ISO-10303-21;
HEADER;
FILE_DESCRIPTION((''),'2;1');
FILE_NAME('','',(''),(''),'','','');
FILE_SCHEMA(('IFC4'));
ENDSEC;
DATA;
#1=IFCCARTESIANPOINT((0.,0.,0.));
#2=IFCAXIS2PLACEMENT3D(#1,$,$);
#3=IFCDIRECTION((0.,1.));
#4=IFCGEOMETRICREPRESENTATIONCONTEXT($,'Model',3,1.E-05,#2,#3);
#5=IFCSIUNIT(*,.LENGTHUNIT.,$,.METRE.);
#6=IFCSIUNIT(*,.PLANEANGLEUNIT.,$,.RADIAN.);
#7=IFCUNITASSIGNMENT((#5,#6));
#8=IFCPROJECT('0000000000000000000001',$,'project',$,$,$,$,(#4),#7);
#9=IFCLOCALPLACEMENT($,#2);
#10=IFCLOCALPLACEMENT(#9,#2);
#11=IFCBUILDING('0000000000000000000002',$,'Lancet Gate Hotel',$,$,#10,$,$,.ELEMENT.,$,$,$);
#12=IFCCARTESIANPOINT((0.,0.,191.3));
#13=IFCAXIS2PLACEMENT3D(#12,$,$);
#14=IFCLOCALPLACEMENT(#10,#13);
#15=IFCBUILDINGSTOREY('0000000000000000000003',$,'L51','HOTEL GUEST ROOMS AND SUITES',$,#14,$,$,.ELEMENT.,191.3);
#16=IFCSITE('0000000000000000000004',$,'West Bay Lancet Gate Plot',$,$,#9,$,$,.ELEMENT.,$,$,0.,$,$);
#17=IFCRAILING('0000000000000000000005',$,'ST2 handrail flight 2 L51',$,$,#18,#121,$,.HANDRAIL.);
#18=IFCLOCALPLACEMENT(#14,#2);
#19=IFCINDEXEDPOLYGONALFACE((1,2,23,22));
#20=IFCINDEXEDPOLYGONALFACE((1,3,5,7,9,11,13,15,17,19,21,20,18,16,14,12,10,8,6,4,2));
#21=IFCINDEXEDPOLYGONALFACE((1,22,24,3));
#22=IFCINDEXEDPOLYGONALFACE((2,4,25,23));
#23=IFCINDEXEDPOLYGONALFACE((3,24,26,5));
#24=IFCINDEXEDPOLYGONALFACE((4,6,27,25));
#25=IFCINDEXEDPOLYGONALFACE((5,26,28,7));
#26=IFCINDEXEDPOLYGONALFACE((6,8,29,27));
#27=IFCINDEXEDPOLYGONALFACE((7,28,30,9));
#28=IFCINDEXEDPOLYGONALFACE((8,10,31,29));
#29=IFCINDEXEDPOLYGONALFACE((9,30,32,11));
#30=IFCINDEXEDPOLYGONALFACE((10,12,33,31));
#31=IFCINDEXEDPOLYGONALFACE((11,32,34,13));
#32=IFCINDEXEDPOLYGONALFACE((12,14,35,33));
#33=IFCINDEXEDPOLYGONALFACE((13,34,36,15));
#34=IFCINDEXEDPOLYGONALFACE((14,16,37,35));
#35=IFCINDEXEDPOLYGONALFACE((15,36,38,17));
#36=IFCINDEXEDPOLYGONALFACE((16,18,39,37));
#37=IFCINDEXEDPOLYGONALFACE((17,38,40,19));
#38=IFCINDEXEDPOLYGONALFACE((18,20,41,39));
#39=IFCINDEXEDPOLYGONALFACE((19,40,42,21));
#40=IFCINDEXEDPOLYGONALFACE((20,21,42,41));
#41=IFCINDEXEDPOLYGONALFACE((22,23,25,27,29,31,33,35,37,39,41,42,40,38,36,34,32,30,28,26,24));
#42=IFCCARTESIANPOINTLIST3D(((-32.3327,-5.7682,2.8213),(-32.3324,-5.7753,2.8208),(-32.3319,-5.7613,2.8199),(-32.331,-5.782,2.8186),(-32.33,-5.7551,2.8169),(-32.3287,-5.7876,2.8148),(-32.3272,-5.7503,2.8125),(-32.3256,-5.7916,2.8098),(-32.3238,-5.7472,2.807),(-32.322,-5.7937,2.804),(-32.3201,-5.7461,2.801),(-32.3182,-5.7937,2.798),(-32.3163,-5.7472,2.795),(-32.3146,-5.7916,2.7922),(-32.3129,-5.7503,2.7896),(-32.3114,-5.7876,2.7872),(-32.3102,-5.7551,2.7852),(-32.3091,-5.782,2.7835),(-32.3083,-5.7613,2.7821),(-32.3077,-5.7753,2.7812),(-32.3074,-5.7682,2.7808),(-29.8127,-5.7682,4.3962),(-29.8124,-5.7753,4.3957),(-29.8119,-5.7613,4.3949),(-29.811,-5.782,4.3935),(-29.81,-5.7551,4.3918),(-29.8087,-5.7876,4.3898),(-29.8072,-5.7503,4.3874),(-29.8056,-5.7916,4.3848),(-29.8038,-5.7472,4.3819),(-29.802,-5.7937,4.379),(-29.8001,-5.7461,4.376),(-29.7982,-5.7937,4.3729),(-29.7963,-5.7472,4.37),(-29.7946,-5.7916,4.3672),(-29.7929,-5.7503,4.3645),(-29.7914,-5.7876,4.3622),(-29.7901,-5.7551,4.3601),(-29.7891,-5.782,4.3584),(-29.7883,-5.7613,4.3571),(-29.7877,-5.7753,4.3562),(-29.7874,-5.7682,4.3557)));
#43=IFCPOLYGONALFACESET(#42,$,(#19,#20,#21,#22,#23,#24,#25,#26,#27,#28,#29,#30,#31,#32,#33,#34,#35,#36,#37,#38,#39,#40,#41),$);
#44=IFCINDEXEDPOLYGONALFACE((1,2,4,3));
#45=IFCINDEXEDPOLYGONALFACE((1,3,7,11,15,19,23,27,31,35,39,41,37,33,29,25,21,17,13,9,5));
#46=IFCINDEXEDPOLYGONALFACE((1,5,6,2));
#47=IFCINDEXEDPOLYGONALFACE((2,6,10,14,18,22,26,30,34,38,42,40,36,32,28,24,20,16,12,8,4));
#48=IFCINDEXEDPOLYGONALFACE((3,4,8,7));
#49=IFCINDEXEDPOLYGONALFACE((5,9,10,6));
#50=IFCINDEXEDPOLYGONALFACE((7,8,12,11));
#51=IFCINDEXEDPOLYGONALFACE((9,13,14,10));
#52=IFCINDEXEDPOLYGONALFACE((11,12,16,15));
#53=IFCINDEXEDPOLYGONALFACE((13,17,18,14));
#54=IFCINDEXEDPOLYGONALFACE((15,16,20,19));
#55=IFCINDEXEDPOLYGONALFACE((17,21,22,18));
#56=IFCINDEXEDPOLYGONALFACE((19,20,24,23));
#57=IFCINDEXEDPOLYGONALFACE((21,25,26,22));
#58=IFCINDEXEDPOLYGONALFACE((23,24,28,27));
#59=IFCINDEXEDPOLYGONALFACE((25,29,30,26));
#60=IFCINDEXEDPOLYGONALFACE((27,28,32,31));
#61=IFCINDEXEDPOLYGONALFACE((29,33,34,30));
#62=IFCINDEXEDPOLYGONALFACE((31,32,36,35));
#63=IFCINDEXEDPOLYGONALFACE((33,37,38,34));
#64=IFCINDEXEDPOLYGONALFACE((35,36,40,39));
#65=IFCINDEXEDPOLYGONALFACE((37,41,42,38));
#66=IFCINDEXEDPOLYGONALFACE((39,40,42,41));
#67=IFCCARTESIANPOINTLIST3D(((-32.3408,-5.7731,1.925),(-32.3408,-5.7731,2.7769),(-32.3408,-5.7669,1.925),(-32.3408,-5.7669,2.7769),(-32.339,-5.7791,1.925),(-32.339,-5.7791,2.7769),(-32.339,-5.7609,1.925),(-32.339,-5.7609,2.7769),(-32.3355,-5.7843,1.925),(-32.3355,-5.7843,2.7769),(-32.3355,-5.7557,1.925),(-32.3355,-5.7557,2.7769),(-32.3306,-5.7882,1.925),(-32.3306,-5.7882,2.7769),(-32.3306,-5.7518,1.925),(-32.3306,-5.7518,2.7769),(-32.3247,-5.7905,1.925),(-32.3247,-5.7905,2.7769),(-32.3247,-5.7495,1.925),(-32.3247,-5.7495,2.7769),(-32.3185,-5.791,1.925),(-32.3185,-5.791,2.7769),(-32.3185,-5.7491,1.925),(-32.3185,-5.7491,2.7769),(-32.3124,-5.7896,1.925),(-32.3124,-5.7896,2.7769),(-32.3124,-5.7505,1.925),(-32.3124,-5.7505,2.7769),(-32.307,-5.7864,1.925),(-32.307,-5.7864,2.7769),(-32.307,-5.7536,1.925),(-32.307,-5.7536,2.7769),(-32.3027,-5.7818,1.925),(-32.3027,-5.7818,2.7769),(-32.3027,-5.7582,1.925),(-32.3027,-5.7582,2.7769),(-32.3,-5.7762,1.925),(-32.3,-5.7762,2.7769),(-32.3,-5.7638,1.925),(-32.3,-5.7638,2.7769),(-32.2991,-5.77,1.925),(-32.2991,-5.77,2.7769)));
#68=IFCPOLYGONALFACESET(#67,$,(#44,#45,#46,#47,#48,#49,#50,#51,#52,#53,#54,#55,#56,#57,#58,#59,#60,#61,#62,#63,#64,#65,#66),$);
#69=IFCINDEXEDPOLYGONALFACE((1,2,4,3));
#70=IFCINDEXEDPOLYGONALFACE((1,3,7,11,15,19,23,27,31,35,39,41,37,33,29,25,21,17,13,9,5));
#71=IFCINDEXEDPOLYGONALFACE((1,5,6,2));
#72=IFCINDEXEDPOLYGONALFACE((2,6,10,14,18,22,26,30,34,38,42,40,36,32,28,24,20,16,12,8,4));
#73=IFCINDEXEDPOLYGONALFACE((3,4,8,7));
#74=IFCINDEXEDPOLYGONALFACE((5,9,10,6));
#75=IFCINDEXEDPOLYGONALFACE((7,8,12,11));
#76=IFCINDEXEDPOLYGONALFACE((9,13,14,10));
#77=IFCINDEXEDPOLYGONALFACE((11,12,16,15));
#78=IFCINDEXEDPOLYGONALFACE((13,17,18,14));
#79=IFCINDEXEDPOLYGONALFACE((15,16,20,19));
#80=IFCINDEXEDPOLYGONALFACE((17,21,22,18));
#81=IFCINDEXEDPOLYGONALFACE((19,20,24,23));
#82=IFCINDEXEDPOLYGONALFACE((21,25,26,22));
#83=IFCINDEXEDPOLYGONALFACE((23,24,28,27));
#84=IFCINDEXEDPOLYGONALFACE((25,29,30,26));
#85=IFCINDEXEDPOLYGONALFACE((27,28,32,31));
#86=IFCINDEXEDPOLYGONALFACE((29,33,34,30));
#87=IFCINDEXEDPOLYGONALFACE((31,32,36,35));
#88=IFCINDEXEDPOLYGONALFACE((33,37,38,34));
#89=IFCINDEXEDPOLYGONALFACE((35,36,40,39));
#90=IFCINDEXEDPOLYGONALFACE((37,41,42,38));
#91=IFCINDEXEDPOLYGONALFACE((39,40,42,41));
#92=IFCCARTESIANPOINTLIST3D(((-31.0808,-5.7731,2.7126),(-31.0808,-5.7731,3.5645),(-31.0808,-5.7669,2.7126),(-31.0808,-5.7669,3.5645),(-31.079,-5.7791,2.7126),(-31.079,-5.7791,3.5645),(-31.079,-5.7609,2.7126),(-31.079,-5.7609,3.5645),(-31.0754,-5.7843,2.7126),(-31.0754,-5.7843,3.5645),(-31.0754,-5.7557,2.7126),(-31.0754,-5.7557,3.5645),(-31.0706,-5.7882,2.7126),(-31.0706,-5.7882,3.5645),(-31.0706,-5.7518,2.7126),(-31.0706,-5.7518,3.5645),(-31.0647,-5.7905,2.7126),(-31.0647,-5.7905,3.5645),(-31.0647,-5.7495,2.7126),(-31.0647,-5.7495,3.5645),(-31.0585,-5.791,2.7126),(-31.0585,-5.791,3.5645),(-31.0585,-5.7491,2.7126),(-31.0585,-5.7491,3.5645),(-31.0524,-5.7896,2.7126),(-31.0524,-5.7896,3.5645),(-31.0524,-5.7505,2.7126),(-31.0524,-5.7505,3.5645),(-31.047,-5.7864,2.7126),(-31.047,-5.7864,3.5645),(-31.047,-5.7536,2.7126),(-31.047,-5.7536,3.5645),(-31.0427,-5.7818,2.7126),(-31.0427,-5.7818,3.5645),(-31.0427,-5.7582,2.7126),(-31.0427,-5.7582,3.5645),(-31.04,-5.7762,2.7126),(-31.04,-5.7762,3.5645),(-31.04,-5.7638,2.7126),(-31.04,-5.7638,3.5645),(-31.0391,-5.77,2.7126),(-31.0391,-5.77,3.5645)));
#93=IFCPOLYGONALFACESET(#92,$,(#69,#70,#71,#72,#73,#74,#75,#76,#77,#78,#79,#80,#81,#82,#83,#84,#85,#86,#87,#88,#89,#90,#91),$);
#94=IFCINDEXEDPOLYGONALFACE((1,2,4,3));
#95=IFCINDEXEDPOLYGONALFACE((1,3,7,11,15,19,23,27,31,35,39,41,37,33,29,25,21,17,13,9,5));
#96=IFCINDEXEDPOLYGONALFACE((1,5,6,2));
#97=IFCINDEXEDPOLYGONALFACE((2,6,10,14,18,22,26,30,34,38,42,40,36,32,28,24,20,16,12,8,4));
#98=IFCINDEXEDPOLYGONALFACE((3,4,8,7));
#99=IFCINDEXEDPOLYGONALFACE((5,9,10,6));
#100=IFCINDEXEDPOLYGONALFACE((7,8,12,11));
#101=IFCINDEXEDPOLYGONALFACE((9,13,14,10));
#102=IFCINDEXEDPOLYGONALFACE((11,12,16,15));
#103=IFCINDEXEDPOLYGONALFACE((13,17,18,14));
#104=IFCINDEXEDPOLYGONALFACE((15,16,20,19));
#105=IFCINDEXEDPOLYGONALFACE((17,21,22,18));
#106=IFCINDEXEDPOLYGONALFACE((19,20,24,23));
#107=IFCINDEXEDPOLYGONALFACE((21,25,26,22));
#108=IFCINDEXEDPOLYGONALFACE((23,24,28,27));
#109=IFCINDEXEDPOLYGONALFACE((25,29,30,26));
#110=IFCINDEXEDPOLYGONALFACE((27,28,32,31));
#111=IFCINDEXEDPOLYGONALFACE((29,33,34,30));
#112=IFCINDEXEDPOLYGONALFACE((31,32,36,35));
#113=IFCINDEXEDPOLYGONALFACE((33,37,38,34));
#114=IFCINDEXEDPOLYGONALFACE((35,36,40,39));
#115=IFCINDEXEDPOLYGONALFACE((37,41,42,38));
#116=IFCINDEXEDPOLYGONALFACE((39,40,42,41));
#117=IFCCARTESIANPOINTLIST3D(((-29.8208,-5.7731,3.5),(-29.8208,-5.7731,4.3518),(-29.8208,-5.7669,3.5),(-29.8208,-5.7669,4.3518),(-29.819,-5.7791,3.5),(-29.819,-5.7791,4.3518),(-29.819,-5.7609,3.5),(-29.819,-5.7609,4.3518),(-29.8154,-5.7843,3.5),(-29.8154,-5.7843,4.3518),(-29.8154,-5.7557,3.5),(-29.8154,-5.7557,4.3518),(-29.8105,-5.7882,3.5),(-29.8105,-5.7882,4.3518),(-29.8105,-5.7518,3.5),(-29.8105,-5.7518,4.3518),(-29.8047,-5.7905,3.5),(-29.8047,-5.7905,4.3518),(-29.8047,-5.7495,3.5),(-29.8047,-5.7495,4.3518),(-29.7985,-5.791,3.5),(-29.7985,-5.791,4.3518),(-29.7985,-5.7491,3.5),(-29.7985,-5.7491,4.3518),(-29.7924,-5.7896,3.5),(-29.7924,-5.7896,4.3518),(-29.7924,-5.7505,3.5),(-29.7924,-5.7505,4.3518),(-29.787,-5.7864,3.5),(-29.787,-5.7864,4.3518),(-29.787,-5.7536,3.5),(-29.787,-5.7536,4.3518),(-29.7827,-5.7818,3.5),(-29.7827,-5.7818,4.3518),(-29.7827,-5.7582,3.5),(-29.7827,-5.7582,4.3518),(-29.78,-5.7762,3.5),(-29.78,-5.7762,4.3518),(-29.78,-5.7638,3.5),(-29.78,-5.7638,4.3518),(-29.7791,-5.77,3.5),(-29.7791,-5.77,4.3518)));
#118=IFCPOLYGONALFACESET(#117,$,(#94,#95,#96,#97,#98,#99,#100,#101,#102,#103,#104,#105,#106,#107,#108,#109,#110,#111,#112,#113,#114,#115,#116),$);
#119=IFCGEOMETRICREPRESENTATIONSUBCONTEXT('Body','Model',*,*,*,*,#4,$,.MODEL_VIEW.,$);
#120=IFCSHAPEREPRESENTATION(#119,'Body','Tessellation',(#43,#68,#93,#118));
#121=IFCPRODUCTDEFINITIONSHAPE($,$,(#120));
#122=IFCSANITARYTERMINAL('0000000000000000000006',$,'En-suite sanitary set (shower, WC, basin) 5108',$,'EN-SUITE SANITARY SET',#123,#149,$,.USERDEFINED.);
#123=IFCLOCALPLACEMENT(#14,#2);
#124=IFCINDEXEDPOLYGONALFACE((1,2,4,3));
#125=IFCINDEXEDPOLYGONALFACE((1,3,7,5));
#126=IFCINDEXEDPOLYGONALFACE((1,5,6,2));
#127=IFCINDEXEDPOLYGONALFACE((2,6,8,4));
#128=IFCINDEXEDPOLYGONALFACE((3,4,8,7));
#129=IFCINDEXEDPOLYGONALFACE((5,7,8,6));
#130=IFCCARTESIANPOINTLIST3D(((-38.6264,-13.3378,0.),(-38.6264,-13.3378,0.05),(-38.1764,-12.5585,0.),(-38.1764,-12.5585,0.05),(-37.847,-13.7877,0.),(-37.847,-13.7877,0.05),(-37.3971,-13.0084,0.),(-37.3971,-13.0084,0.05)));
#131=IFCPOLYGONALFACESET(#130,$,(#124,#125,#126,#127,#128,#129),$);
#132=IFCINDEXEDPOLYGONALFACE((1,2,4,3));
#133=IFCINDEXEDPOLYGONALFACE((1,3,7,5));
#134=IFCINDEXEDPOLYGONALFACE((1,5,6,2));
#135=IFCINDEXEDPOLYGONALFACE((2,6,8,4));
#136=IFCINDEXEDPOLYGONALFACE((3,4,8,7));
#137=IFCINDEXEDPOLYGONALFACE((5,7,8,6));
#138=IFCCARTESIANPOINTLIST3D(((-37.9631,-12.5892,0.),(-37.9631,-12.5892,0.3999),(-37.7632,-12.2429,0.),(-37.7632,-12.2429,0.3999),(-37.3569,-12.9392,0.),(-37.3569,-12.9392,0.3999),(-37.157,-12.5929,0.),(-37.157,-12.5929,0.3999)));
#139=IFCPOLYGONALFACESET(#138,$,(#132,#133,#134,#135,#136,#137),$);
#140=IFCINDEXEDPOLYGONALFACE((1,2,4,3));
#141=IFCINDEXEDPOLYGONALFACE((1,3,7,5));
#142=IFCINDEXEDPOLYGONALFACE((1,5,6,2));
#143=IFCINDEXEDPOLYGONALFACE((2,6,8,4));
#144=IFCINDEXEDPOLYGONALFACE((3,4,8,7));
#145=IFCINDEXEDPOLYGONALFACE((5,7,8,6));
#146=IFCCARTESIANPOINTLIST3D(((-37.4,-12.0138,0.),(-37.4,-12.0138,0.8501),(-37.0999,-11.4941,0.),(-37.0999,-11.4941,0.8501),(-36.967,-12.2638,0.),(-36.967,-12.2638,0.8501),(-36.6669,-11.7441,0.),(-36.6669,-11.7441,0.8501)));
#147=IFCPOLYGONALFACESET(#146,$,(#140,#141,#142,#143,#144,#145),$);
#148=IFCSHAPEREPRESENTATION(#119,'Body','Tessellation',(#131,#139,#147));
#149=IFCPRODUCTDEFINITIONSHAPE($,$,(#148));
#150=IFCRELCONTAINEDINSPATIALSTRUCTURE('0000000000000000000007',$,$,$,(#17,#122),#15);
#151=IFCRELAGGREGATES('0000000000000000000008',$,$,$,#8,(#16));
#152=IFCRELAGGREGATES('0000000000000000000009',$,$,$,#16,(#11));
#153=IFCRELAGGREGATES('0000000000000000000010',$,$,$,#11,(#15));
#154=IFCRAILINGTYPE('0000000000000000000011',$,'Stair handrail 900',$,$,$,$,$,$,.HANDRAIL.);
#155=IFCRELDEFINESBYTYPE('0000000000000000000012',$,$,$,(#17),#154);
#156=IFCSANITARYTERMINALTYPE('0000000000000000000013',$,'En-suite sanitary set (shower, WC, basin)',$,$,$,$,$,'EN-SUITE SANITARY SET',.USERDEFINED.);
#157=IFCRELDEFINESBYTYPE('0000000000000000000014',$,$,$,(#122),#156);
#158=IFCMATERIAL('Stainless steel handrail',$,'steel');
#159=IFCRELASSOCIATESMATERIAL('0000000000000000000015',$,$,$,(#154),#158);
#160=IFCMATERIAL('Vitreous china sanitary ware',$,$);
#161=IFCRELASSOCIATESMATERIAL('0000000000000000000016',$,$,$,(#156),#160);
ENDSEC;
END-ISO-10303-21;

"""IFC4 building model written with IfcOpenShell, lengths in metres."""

from ifc_helpers import new_model, si_unit, direction, frame, origin, origin_2d, place, context, subcontext, project, spatial, rectangle, circle, extrude, material, type_object, element, save


model = new_model("IFC4")

# Units and contexts
model_context = context("Model", 3, precision=1e-05, world=origin(), true_north=direction((0.0, 1.0)))
body_context = subcontext(model_context, "Body", "Model", "MODEL_VIEW")
ifc_project = project(units=[si_unit("LENGTHUNIT", "METRE"), si_unit("PLANEANGLEUNIT", "RADIAN")], contexts=[model_context])

# Site, building, storey
site_placement = place(None, origin())
site = spatial("IfcSite", under=ifc_project, at=site_placement, Name="West Bay Lancet Gate Plot", CompositionType="ELEMENT", RefElevation=0.0)
building_placement = place(site_placement, origin())
building = spatial("IfcBuilding", under=site, at=building_placement, Name="Lancet Gate Hotel", CompositionType="ELEMENT")
storey_placement = place(building_placement, frame((0.0, 0.0, 191.3)))
storey = spatial("IfcBuildingStorey", under=building, at=storey_placement, Name="L51", Description="HOTEL GUEST ROOMS AND SUITES", CompositionType="ELEMENT", Elevation=191.3)

# Railing
ifc_material_1 = material(Name="Stainless steel handrail", Category="steel")
railing_type = type_object("IfcRailingType", Name="Stair handrail 900", PredefinedType="HANDRAIL", material=ifc_material_1)
railing_placement = place(storey_placement, frame((-32.3201, -5.77, 1.925)))
element("IfcRailing", 1, at=railing_placement, inside=storey, type_object=railing_type, Name="ST2 handrail flight 2 L51", PredefinedType="HANDRAIL", context=body_context, shape_type="SweptSolid", body=[
    extrude(circle(Radius=0.0239, at=origin_2d()), frame((0.0, 0.0, 0.876), z_axis=(0.848008, 0.0, 0.529984), x_axis=(0.0, 1.0, 0.0)), (0.0, 0.0, 1.0), 2.9717),
    extrude(circle(Radius=0.021, at=origin_2d()), origin(), (0.0, 0.0, 1.0), 0.8518),
    extrude(circle(Radius=0.021, at=origin_2d()), frame((1.26, 0.0, 0.7876)), (0.0, 0.0, 1.0), 0.8518),
    extrude(circle(Radius=0.021, at=origin_2d()), frame((2.52, 0.0, 1.575)), (0.0, 0.0, 1.0), 0.8518),
])

# Sanitary terminal
ifc_material_2 = material(Name="Vitreous china sanitary ware")
sanitary_terminal_type = type_object("IfcSanitaryTerminalType", Name="En-suite sanitary set (shower, WC, basin)", ElementType="EN-SUITE SANITARY SET", PredefinedType="USERDEFINED", material=ifc_material_2)
sanitary_terminal_placement = place(storey_placement, frame((-38.0117, -13.1731, 0.0), z_axis=(0.0, 0.0, 1.0), x_axis=(1.0, 0.0, 0.0)))
element("IfcSanitaryTerminal", 2, at=sanitary_terminal_placement, inside=storey, type_object=sanitary_terminal_type, Name="En-suite sanitary set (shower, WC, basin) 5108", ObjectType="EN-SUITE SANITARY SET", PredefinedType="USERDEFINED", context=body_context, shape_type="SweptSolid", body=[
    extrude(rectangle(XDim=0.8999, YDim=0.8999, at=origin_2d()), frame((0.0, 0.0, 0.0), z_axis=(0.0, 0.0, 1.0), x_axis=(-0.5, -0.866025, 0.0)), (0.0, 0.0, 1.0), 0.05),
    extrude(rectangle(XDim=0.3999, YDim=0.7, at=origin_2d()), frame((0.4517, 0.582, 0.0), z_axis=(0.0, 0.0, 1.0), x_axis=(-0.5, -0.866025, 0.0)), (0.0, 0.0, 1.0), 0.3999),
    extrude(rectangle(XDim=0.6001, YDim=0.5, at=origin_2d()), frame((0.9783, 1.2942, 0.0), z_axis=(0.0, 0.0, 1.0), x_axis=(-0.5, -0.866025, 0.0)), (0.0, 0.0, 1.0), 0.8501),
])

save(model, "model.ifc")
